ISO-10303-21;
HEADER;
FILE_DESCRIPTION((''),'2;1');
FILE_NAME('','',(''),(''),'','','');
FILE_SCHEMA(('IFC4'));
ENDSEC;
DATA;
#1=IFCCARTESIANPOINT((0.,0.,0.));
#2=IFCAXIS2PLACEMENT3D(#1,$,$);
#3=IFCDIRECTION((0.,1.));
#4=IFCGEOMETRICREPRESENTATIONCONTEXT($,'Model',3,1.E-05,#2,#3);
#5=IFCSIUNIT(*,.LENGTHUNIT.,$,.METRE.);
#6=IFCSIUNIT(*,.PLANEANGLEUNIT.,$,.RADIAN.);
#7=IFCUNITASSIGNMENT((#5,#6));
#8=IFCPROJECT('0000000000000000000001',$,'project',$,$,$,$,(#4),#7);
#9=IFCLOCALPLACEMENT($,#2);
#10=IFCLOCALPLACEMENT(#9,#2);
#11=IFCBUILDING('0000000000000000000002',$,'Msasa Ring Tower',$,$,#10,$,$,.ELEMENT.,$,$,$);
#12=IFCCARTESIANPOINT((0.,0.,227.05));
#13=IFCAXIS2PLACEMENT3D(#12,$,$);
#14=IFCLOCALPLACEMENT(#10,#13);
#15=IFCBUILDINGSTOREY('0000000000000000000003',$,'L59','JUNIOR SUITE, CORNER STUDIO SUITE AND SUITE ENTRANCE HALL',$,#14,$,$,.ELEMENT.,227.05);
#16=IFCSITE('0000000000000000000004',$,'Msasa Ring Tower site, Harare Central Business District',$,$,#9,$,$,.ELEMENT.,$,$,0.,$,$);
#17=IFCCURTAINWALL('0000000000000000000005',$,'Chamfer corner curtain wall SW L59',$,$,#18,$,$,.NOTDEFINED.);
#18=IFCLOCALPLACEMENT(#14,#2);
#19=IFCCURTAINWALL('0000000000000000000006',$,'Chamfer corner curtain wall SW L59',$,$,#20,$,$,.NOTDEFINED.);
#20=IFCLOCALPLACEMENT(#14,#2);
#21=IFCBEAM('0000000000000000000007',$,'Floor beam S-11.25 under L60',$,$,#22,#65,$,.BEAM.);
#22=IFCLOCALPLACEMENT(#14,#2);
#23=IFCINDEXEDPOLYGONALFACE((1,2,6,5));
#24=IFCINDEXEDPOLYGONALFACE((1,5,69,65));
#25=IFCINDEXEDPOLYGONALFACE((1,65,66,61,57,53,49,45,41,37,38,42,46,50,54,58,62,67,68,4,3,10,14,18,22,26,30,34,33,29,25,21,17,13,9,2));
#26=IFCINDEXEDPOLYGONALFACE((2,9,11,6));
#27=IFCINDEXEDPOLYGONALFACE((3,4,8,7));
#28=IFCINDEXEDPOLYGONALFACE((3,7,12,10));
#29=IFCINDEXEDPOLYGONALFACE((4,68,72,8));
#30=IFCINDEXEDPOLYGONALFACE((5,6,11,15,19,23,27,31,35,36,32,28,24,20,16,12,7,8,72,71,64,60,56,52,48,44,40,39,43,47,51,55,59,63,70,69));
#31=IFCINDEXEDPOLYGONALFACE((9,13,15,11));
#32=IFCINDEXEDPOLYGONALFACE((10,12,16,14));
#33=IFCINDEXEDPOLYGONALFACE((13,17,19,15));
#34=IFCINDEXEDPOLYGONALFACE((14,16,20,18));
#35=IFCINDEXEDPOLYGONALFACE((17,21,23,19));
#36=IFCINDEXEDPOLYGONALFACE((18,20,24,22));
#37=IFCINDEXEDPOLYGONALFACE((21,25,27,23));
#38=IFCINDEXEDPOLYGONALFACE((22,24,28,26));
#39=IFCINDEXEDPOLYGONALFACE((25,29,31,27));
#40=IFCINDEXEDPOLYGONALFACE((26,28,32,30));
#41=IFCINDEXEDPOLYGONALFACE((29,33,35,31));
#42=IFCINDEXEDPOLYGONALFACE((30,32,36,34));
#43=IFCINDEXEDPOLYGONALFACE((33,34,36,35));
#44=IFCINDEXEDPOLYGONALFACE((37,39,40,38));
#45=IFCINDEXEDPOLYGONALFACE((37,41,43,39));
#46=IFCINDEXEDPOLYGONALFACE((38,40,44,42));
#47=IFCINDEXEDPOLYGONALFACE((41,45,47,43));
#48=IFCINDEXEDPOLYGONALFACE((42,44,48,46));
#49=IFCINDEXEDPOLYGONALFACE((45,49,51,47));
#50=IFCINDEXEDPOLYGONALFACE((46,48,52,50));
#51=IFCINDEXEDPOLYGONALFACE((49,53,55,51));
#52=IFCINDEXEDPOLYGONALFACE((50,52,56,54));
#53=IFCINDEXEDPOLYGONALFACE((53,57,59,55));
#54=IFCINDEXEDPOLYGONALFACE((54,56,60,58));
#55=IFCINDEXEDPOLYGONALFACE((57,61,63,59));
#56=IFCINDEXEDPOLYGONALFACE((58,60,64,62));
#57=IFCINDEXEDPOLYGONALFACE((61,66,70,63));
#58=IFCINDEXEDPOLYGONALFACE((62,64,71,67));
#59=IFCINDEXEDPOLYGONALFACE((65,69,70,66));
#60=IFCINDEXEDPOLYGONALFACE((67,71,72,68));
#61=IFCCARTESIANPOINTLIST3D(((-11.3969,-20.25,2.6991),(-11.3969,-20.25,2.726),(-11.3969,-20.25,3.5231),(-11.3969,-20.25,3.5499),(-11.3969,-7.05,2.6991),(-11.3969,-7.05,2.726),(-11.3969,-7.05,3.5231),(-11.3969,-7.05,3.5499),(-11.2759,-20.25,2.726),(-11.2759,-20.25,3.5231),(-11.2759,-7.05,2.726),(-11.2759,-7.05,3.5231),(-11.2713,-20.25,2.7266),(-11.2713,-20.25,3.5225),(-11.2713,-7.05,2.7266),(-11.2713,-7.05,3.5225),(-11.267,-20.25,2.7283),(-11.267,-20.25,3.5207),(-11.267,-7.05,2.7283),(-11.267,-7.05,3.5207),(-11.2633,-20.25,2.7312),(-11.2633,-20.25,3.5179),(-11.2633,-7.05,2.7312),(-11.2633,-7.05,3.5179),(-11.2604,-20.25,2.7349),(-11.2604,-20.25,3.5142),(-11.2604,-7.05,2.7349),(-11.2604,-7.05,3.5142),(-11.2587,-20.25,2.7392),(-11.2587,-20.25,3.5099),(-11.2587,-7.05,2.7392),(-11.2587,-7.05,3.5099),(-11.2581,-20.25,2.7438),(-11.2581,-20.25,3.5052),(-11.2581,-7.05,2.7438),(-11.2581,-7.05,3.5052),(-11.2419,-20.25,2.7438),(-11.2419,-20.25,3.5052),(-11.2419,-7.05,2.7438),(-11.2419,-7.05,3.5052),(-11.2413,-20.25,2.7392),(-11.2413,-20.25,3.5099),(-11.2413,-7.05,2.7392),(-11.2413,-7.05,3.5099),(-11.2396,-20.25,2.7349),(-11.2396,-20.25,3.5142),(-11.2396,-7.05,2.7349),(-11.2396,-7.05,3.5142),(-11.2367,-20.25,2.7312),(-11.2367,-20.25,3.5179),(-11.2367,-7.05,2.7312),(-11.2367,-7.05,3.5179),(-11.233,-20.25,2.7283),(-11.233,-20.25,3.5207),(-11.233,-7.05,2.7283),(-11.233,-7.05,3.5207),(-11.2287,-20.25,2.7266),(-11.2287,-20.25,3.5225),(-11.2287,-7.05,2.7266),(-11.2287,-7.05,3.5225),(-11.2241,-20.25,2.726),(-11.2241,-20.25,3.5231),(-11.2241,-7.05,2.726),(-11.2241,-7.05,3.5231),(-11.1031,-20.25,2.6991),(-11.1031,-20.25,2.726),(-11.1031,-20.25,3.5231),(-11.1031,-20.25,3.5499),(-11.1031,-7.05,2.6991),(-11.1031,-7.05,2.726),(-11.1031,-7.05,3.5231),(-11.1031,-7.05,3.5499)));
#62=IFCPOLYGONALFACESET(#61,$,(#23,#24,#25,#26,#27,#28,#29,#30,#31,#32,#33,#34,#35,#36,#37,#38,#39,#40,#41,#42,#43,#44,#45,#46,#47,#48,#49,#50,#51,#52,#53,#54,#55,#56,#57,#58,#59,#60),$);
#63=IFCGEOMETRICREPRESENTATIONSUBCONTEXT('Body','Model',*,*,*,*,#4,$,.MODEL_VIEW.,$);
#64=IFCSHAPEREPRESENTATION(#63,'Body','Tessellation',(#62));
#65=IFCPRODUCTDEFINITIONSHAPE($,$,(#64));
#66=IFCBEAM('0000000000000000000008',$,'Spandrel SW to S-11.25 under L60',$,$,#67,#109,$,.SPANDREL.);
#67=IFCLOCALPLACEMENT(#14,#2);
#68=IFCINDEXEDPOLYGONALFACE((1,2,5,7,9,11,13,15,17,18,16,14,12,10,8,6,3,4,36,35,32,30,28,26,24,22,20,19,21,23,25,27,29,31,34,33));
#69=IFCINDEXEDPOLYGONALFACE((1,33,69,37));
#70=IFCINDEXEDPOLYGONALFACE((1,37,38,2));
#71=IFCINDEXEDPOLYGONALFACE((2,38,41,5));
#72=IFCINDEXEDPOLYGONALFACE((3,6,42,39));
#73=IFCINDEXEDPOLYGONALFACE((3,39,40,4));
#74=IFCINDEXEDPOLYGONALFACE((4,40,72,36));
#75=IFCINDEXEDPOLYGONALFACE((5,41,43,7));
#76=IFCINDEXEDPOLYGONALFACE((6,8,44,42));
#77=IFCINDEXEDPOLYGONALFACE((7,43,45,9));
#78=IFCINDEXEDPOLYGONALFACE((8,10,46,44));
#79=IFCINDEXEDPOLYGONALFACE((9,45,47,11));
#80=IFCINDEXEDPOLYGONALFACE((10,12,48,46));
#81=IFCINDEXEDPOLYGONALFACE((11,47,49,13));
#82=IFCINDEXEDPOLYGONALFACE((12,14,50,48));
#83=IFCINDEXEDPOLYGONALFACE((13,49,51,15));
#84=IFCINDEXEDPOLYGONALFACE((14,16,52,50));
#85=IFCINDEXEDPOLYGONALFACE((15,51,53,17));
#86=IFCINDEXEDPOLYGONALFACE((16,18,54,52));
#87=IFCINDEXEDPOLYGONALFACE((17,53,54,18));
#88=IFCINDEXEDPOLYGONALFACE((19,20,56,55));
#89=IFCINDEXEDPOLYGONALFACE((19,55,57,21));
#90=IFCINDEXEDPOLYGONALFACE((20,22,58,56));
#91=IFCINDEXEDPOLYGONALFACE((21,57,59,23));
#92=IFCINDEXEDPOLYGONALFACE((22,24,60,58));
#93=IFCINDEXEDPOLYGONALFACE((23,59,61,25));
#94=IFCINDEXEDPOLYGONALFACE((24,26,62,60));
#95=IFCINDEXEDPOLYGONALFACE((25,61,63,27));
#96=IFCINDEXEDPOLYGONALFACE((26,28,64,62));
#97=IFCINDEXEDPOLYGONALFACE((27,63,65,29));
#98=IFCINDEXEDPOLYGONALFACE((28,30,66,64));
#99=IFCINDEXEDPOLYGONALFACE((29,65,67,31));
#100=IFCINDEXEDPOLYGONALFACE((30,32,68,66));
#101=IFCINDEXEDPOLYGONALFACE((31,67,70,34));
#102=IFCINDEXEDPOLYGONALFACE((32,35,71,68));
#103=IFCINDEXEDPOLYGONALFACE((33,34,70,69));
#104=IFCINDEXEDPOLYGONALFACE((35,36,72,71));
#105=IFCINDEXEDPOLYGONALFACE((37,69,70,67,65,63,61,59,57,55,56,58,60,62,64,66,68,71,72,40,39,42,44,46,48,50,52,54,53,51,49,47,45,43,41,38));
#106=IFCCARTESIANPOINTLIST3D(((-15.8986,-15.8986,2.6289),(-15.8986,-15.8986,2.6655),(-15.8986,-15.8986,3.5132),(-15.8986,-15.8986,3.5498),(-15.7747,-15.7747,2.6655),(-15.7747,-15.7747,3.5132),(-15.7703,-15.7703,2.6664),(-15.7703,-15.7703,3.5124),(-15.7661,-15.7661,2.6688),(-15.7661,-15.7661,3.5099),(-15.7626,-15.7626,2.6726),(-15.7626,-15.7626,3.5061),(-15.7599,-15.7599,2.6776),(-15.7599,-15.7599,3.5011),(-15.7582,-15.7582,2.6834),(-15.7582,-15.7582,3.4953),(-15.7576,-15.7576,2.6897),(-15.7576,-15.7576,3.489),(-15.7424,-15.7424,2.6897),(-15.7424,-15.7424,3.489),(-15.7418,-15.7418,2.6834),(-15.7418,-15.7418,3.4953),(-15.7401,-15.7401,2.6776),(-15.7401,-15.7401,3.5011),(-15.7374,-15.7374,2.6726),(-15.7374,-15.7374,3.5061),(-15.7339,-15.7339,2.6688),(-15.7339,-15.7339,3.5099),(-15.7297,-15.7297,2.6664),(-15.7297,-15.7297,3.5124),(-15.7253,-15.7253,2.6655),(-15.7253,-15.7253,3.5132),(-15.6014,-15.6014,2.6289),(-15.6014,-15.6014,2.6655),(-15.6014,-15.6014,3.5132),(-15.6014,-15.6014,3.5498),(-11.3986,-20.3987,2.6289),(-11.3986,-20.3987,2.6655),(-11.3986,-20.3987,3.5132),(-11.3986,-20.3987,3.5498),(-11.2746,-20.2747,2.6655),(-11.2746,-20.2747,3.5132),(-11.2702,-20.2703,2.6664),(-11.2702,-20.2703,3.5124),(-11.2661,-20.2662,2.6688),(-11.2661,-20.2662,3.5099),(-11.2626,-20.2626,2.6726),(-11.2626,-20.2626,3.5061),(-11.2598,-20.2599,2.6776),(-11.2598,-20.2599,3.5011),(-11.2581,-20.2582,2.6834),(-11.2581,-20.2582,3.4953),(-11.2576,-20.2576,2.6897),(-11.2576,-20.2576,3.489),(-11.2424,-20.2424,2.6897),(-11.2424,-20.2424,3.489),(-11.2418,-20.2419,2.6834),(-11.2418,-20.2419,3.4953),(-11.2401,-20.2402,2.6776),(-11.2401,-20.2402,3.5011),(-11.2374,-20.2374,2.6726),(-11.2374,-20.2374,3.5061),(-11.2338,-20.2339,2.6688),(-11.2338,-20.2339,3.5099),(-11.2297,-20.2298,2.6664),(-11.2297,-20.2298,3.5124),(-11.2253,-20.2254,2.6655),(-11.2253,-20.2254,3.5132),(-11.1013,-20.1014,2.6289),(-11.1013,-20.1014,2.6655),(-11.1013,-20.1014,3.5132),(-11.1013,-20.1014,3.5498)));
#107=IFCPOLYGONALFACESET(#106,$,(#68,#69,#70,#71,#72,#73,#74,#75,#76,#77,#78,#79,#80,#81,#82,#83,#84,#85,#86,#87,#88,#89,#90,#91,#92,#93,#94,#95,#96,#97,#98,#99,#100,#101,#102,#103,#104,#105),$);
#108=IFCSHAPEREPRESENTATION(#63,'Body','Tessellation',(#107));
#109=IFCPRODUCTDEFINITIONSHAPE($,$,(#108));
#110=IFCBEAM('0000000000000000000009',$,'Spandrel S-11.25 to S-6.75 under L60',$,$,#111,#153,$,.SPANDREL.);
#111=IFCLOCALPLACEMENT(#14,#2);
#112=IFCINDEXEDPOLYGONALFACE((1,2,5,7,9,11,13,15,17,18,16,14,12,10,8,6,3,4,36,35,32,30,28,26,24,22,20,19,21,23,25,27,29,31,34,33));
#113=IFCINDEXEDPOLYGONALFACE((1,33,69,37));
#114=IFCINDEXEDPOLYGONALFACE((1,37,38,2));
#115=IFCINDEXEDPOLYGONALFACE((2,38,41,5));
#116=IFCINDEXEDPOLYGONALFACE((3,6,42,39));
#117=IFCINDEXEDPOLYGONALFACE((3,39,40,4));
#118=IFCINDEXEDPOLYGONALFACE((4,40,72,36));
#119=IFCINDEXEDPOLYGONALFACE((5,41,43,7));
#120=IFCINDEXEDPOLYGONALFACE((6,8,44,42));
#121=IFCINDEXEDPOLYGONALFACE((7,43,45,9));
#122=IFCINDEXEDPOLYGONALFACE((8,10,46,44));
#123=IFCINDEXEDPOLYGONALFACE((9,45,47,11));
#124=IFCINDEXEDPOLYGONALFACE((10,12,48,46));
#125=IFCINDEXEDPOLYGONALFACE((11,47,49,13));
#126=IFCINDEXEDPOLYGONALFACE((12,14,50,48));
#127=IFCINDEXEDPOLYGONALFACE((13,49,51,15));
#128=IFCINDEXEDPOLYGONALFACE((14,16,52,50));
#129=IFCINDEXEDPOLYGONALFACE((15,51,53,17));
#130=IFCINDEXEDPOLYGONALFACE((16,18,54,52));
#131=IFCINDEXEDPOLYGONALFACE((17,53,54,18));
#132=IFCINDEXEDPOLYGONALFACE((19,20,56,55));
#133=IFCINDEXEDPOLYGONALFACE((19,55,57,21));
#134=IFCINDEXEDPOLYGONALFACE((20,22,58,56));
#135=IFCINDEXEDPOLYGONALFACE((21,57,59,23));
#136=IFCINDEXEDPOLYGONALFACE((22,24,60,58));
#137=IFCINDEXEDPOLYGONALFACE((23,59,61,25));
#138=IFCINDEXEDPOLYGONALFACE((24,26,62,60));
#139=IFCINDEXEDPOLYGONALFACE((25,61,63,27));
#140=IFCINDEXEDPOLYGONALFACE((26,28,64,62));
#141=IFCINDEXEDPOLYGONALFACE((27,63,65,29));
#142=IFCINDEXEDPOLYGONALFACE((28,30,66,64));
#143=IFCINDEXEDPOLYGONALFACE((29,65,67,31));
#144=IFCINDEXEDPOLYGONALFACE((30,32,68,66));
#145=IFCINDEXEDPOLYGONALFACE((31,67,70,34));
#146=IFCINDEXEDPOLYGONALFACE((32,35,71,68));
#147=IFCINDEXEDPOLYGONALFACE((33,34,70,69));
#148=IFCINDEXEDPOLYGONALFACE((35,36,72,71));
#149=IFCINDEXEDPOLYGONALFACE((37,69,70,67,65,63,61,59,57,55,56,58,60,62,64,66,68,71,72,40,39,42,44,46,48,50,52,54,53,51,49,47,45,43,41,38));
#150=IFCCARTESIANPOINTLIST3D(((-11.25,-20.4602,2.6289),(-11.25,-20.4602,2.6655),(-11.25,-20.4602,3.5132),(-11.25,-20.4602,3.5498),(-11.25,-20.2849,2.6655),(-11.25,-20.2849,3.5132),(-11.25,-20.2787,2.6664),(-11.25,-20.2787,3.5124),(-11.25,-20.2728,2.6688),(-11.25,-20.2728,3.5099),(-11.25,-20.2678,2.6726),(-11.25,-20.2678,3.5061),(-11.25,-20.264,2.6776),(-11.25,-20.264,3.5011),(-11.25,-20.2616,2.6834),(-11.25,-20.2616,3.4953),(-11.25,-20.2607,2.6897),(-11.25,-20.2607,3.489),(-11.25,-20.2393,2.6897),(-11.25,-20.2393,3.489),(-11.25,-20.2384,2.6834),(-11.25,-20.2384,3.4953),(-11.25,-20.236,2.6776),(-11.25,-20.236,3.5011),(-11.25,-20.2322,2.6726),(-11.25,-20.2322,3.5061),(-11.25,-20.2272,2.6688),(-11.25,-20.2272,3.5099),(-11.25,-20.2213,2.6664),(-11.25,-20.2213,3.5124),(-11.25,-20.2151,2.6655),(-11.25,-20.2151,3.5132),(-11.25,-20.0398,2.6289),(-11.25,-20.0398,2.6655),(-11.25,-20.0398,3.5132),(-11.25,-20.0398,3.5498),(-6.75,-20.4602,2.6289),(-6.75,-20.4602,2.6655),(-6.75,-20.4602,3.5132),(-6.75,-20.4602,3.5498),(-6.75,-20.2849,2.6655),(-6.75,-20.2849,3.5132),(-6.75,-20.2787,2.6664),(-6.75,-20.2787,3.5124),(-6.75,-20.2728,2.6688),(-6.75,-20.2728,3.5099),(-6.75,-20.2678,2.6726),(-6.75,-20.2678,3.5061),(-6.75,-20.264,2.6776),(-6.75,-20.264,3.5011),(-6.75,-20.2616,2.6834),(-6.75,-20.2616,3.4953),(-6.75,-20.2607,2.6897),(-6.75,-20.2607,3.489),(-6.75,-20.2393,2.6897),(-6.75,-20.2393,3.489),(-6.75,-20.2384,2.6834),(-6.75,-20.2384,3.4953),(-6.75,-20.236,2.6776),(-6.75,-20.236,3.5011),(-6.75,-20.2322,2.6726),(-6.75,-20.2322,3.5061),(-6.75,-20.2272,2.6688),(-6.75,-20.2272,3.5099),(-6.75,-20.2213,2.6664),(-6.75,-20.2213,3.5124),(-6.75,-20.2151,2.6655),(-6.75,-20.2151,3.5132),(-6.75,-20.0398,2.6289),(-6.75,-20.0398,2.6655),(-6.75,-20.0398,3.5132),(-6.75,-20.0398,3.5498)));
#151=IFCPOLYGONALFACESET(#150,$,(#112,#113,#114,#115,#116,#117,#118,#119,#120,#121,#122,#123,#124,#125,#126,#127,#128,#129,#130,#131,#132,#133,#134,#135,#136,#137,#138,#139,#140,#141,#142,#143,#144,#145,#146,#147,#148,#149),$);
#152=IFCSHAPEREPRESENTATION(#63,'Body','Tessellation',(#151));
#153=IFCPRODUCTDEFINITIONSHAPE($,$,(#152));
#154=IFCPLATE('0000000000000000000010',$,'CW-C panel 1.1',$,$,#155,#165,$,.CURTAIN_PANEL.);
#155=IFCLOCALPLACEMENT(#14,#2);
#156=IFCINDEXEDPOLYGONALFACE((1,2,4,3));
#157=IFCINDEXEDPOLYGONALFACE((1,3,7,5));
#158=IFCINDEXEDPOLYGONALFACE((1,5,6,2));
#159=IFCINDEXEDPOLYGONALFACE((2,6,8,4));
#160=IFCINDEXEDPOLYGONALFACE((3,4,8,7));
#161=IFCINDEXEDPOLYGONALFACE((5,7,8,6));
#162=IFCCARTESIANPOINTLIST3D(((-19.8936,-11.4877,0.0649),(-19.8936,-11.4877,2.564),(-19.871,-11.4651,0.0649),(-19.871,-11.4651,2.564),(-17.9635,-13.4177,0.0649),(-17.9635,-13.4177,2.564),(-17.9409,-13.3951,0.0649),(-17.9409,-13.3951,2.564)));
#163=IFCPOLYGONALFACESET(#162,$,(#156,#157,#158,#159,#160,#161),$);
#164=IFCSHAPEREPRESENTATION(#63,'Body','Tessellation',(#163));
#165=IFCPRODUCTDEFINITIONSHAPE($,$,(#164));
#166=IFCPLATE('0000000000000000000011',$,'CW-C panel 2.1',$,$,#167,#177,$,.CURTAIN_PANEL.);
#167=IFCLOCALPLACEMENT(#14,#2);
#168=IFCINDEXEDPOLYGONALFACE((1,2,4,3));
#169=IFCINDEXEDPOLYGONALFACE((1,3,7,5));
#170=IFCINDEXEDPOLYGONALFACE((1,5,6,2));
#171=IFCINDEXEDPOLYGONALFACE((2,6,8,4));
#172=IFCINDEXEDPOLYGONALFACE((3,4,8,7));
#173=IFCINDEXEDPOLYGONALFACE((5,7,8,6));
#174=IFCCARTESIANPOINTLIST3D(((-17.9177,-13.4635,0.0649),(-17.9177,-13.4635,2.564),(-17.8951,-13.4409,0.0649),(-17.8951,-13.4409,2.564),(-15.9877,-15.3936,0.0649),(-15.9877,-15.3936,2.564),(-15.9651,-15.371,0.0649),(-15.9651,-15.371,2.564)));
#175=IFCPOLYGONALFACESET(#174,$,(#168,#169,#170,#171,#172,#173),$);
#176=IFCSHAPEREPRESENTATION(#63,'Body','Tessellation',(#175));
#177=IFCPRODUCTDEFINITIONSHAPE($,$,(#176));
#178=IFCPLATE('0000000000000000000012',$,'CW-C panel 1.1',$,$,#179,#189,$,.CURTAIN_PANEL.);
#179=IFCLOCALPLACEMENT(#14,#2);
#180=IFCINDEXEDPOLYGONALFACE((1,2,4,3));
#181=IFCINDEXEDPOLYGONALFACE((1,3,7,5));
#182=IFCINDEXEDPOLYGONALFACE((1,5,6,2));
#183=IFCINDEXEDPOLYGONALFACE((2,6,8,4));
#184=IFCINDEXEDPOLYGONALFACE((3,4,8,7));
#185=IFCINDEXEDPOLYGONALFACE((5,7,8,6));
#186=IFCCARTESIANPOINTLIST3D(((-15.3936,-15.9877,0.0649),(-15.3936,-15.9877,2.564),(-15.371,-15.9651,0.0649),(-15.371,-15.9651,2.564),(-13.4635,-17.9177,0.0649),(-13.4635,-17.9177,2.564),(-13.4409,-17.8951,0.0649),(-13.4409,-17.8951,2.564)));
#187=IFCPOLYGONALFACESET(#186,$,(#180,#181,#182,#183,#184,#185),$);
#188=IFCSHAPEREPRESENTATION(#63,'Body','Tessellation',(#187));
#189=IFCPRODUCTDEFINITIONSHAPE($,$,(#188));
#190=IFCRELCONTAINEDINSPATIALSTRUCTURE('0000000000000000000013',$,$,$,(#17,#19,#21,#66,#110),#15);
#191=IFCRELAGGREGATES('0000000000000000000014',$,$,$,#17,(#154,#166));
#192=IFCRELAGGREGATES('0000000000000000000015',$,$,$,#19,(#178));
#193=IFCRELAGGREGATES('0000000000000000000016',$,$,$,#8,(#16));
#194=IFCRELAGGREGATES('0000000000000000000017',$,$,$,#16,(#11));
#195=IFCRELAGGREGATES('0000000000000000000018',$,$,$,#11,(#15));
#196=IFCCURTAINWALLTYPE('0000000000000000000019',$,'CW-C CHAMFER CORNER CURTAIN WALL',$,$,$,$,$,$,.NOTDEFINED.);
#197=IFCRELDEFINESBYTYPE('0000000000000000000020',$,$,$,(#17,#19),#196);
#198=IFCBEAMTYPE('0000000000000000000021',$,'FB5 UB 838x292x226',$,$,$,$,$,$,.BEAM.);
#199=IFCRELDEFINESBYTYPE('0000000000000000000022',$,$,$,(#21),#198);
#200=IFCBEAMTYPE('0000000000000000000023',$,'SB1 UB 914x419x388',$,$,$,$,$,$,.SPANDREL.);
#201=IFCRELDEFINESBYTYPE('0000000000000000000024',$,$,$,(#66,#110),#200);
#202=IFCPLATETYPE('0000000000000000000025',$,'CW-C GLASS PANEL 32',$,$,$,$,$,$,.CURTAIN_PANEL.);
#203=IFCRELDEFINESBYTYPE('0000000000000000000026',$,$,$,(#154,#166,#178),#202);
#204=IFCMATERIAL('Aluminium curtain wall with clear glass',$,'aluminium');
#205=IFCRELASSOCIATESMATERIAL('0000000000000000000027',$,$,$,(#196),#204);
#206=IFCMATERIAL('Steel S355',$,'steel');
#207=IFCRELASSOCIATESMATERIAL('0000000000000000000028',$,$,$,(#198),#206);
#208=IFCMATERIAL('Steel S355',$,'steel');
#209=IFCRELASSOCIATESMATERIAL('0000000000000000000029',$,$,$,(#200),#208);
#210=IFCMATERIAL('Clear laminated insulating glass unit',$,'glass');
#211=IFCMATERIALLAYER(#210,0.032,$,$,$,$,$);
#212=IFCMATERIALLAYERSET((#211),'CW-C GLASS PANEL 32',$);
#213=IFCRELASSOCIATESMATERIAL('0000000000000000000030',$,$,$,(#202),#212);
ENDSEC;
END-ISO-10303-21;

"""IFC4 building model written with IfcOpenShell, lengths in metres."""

from ifc_helpers import new_model, si_unit, direction, frame, origin, origin_2d, place, context, subcontext, project, spatial, rectangle, i_section, extrude, material, layer, layer_set, material_profile, profile_set, type_object, element, aggregate, save


model = new_model("IFC4")

# Units and contexts
model_context = context("Model", 3, precision=1e-05, world=origin(), true_north=direction((0.0, 1.0)))
body_context = subcontext(model_context, "Body", "Model", "MODEL_VIEW")
ifc_project = project(units=[si_unit("LENGTHUNIT", "METRE"), si_unit("PLANEANGLEUNIT", "RADIAN")], contexts=[model_context])

# Site, building, storey
site_placement = place(None, origin())
site = spatial("IfcSite", under=ifc_project, at=site_placement, Name="Msasa Ring Tower site, Harare Central Business District", CompositionType="ELEMENT", RefElevation=0.0)
building_placement = place(site_placement, origin())
building = spatial("IfcBuilding", under=site, at=building_placement, Name="Msasa Ring Tower", CompositionType="ELEMENT")
storey_placement = place(building_placement, frame((0.0, 0.0, 227.05)))
storey = spatial("IfcBuildingStorey", under=building, at=storey_placement, Name="L59", Description="JUNIOR SUITE, CORNER STUDIO SUITE AND SUITE ENTRANCE HALL", CompositionType="ELEMENT", Elevation=227.05)

# Curtain walls
ifc_material_1 = material(Name="Aluminium curtain wall with clear glass", Category="aluminium")
curtain_wall_type = type_object("IfcCurtainWallType", Name="CW-C CHAMFER CORNER CURTAIN WALL", PredefinedType="NOTDEFINED", material=ifc_material_1)
curtain_wall_1_placement = place(storey_placement, origin())
curtain_wall_1 = element("IfcCurtainWall", 1, at=curtain_wall_1_placement, inside=storey, type_object=curtain_wall_type, Name="Chamfer corner curtain wall SW L59", PredefinedType="NOTDEFINED")
curtain_wall_2_placement = place(storey_placement, origin())
curtain_wall_2 = element("IfcCurtainWall", 2, at=curtain_wall_2_placement, inside=storey, type_object=curtain_wall_type, Name="Chamfer corner curtain wall SW L59", PredefinedType="NOTDEFINED")

# Beams
ifc_material_2 = material(Name="Steel S355", Category="steel")
ifc_material_profile_1 = material_profile(ifc_material_2, i_section(OverallWidth=0.2937, OverallDepth=0.8508, WebThickness=0.0161, FlangeThickness=0.0269, FilletRadius=0.0178, at=origin_2d()), Name="UB 838x292x226")
ifc_profile_set_1 = profile_set([ifc_material_profile_1], Name="Steel S355")
beam_type_1 = type_object("IfcBeamType", Name="FB5 UB 838x292x226", PredefinedType="BEAM", material=ifc_profile_set_1)
beam_1_placement = place(storey_placement, frame((-11.25, -20.25, 3.1245), z_axis=(0.0, 1.0, 0.0), x_axis=(-1.0, 0.0, 0.0)))
element("IfcBeam", 3, at=beam_1_placement, inside=storey, type_object=beam_type_1, Name="Floor beam S-11.25 under L60", PredefinedType="BEAM", context=body_context, shape_type="SweptSolid", body=[
    extrude(i_section(OverallWidth=0.2937, OverallDepth=0.8508, WebThickness=0.0161, FlangeThickness=0.0269, FilletRadius=0.0178, at=origin_2d()), origin(), (0.0, 0.0, 1.0), 13.2),
])
ifc_material_3 = material(Name="Steel S355", Category="steel")
ifc_material_profile_2 = material_profile(ifc_material_3, i_section(OverallWidth=0.4204, OverallDepth=0.9209, WebThickness=0.0215, FlangeThickness=0.0366, FilletRadius=0.0242, at=origin_2d()), Name="UB 914x419x388")
ifc_profile_set_2 = profile_set([ifc_material_profile_2], Name="Steel S355")
beam_type_2 = type_object("IfcBeamType", Name="SB1 UB 914x419x388", PredefinedType="SPANDREL", material=ifc_profile_set_2)
beam_2_placement = place(storey_placement, frame((-15.75, -15.75, 3.0894), z_axis=(0.707107, -0.707107, 0.0), x_axis=(0.707107, 0.707107, 0.0)))
element("IfcBeam", 4, at=beam_2_placement, inside=storey, type_object=beam_type_2, Name="Spandrel SW to S-11.25 under L60", PredefinedType="SPANDREL", context=body_context, shape_type="SweptSolid", body=[
    extrude(i_section(OverallWidth=0.4204, OverallDepth=0.9209, WebThickness=0.0215, FlangeThickness=0.0366, FilletRadius=0.0242, at=origin_2d()), origin(), (0.0, 0.0, 1.0), 6.364),
])
beam_3_placement = place(storey_placement, frame((-11.25, -20.25, 3.0894), z_axis=(1.0, 0.0, 0.0), x_axis=(0.0, 1.0, 0.0)))
element("IfcBeam", 5, at=beam_3_placement, inside=storey, type_object=beam_type_2, Name="Spandrel S-11.25 to S-6.75 under L60", PredefinedType="SPANDREL", context=body_context, shape_type="SweptSolid", body=[
    extrude(i_section(OverallWidth=0.4204, OverallDepth=0.9209, WebThickness=0.0215, FlangeThickness=0.0366, FilletRadius=0.0242, at=origin_2d()), origin(), (0.0, 0.0, 1.0), 4.5),
])

# Plates
ifc_material_4 = material(Name="Clear laminated insulating glass unit", Category="glass")
ifc_layer_1 = layer(ifc_material_4, 0.032)
ifc_layer_set_1 = layer_set([ifc_layer_1], Name="CW-C GLASS PANEL 32")
plate_type = type_object("IfcPlateType", Name="CW-C GLASS PANEL 32", PredefinedType="CURTAIN_PANEL", material=ifc_layer_set_1)
plate_1_placement = place(storey_placement, frame((-18.9172, -12.4414, 0.0649), z_axis=(0.0, 0.0, 1.0), x_axis=(0.707107, -0.707107, 0.0)))
plate_1 = element("IfcPlate", 6, at=plate_1_placement, type_object=plate_type, Name="CW-C panel 1.1", PredefinedType="CURTAIN_PANEL", context=body_context, shape_type="SweptSolid", body=[
    extrude(rectangle(XDim=2.7295, YDim=0.032, at=origin_2d()), origin(), (0.0, 0.0, 1.0), 2.499),
])
plate_2_placement = place(storey_placement, frame((-16.9414, -14.4172, 0.0649), z_axis=(0.0, 0.0, 1.0), x_axis=(0.707107, -0.707107, 0.0)))
plate_2 = element("IfcPlate", 7, at=plate_2_placement, type_object=plate_type, Name="CW-C panel 2.1", PredefinedType="CURTAIN_PANEL", context=body_context, shape_type="SweptSolid", body=[
    extrude(rectangle(XDim=2.7295, YDim=0.032, at=origin_2d()), origin(), (0.0, 0.0, 1.0), 2.499),
])
aggregate(curtain_wall_1, [plate_1, plate_2])
plate_3_placement = place(storey_placement, frame((-14.4172, -16.9414, 0.0649), z_axis=(0.0, 0.0, 1.0), x_axis=(0.707107, -0.707107, 0.0)))
plate_3 = element("IfcPlate", 8, at=plate_3_placement, type_object=plate_type, Name="CW-C panel 1.1", PredefinedType="CURTAIN_PANEL", context=body_context, shape_type="SweptSolid", body=[
    extrude(rectangle(XDim=2.7295, YDim=0.032, at=origin_2d()), origin(), (0.0, 0.0, 1.0), 2.499),
])
aggregate(curtain_wall_2, [plate_3])

save(model, "model.ifc")
